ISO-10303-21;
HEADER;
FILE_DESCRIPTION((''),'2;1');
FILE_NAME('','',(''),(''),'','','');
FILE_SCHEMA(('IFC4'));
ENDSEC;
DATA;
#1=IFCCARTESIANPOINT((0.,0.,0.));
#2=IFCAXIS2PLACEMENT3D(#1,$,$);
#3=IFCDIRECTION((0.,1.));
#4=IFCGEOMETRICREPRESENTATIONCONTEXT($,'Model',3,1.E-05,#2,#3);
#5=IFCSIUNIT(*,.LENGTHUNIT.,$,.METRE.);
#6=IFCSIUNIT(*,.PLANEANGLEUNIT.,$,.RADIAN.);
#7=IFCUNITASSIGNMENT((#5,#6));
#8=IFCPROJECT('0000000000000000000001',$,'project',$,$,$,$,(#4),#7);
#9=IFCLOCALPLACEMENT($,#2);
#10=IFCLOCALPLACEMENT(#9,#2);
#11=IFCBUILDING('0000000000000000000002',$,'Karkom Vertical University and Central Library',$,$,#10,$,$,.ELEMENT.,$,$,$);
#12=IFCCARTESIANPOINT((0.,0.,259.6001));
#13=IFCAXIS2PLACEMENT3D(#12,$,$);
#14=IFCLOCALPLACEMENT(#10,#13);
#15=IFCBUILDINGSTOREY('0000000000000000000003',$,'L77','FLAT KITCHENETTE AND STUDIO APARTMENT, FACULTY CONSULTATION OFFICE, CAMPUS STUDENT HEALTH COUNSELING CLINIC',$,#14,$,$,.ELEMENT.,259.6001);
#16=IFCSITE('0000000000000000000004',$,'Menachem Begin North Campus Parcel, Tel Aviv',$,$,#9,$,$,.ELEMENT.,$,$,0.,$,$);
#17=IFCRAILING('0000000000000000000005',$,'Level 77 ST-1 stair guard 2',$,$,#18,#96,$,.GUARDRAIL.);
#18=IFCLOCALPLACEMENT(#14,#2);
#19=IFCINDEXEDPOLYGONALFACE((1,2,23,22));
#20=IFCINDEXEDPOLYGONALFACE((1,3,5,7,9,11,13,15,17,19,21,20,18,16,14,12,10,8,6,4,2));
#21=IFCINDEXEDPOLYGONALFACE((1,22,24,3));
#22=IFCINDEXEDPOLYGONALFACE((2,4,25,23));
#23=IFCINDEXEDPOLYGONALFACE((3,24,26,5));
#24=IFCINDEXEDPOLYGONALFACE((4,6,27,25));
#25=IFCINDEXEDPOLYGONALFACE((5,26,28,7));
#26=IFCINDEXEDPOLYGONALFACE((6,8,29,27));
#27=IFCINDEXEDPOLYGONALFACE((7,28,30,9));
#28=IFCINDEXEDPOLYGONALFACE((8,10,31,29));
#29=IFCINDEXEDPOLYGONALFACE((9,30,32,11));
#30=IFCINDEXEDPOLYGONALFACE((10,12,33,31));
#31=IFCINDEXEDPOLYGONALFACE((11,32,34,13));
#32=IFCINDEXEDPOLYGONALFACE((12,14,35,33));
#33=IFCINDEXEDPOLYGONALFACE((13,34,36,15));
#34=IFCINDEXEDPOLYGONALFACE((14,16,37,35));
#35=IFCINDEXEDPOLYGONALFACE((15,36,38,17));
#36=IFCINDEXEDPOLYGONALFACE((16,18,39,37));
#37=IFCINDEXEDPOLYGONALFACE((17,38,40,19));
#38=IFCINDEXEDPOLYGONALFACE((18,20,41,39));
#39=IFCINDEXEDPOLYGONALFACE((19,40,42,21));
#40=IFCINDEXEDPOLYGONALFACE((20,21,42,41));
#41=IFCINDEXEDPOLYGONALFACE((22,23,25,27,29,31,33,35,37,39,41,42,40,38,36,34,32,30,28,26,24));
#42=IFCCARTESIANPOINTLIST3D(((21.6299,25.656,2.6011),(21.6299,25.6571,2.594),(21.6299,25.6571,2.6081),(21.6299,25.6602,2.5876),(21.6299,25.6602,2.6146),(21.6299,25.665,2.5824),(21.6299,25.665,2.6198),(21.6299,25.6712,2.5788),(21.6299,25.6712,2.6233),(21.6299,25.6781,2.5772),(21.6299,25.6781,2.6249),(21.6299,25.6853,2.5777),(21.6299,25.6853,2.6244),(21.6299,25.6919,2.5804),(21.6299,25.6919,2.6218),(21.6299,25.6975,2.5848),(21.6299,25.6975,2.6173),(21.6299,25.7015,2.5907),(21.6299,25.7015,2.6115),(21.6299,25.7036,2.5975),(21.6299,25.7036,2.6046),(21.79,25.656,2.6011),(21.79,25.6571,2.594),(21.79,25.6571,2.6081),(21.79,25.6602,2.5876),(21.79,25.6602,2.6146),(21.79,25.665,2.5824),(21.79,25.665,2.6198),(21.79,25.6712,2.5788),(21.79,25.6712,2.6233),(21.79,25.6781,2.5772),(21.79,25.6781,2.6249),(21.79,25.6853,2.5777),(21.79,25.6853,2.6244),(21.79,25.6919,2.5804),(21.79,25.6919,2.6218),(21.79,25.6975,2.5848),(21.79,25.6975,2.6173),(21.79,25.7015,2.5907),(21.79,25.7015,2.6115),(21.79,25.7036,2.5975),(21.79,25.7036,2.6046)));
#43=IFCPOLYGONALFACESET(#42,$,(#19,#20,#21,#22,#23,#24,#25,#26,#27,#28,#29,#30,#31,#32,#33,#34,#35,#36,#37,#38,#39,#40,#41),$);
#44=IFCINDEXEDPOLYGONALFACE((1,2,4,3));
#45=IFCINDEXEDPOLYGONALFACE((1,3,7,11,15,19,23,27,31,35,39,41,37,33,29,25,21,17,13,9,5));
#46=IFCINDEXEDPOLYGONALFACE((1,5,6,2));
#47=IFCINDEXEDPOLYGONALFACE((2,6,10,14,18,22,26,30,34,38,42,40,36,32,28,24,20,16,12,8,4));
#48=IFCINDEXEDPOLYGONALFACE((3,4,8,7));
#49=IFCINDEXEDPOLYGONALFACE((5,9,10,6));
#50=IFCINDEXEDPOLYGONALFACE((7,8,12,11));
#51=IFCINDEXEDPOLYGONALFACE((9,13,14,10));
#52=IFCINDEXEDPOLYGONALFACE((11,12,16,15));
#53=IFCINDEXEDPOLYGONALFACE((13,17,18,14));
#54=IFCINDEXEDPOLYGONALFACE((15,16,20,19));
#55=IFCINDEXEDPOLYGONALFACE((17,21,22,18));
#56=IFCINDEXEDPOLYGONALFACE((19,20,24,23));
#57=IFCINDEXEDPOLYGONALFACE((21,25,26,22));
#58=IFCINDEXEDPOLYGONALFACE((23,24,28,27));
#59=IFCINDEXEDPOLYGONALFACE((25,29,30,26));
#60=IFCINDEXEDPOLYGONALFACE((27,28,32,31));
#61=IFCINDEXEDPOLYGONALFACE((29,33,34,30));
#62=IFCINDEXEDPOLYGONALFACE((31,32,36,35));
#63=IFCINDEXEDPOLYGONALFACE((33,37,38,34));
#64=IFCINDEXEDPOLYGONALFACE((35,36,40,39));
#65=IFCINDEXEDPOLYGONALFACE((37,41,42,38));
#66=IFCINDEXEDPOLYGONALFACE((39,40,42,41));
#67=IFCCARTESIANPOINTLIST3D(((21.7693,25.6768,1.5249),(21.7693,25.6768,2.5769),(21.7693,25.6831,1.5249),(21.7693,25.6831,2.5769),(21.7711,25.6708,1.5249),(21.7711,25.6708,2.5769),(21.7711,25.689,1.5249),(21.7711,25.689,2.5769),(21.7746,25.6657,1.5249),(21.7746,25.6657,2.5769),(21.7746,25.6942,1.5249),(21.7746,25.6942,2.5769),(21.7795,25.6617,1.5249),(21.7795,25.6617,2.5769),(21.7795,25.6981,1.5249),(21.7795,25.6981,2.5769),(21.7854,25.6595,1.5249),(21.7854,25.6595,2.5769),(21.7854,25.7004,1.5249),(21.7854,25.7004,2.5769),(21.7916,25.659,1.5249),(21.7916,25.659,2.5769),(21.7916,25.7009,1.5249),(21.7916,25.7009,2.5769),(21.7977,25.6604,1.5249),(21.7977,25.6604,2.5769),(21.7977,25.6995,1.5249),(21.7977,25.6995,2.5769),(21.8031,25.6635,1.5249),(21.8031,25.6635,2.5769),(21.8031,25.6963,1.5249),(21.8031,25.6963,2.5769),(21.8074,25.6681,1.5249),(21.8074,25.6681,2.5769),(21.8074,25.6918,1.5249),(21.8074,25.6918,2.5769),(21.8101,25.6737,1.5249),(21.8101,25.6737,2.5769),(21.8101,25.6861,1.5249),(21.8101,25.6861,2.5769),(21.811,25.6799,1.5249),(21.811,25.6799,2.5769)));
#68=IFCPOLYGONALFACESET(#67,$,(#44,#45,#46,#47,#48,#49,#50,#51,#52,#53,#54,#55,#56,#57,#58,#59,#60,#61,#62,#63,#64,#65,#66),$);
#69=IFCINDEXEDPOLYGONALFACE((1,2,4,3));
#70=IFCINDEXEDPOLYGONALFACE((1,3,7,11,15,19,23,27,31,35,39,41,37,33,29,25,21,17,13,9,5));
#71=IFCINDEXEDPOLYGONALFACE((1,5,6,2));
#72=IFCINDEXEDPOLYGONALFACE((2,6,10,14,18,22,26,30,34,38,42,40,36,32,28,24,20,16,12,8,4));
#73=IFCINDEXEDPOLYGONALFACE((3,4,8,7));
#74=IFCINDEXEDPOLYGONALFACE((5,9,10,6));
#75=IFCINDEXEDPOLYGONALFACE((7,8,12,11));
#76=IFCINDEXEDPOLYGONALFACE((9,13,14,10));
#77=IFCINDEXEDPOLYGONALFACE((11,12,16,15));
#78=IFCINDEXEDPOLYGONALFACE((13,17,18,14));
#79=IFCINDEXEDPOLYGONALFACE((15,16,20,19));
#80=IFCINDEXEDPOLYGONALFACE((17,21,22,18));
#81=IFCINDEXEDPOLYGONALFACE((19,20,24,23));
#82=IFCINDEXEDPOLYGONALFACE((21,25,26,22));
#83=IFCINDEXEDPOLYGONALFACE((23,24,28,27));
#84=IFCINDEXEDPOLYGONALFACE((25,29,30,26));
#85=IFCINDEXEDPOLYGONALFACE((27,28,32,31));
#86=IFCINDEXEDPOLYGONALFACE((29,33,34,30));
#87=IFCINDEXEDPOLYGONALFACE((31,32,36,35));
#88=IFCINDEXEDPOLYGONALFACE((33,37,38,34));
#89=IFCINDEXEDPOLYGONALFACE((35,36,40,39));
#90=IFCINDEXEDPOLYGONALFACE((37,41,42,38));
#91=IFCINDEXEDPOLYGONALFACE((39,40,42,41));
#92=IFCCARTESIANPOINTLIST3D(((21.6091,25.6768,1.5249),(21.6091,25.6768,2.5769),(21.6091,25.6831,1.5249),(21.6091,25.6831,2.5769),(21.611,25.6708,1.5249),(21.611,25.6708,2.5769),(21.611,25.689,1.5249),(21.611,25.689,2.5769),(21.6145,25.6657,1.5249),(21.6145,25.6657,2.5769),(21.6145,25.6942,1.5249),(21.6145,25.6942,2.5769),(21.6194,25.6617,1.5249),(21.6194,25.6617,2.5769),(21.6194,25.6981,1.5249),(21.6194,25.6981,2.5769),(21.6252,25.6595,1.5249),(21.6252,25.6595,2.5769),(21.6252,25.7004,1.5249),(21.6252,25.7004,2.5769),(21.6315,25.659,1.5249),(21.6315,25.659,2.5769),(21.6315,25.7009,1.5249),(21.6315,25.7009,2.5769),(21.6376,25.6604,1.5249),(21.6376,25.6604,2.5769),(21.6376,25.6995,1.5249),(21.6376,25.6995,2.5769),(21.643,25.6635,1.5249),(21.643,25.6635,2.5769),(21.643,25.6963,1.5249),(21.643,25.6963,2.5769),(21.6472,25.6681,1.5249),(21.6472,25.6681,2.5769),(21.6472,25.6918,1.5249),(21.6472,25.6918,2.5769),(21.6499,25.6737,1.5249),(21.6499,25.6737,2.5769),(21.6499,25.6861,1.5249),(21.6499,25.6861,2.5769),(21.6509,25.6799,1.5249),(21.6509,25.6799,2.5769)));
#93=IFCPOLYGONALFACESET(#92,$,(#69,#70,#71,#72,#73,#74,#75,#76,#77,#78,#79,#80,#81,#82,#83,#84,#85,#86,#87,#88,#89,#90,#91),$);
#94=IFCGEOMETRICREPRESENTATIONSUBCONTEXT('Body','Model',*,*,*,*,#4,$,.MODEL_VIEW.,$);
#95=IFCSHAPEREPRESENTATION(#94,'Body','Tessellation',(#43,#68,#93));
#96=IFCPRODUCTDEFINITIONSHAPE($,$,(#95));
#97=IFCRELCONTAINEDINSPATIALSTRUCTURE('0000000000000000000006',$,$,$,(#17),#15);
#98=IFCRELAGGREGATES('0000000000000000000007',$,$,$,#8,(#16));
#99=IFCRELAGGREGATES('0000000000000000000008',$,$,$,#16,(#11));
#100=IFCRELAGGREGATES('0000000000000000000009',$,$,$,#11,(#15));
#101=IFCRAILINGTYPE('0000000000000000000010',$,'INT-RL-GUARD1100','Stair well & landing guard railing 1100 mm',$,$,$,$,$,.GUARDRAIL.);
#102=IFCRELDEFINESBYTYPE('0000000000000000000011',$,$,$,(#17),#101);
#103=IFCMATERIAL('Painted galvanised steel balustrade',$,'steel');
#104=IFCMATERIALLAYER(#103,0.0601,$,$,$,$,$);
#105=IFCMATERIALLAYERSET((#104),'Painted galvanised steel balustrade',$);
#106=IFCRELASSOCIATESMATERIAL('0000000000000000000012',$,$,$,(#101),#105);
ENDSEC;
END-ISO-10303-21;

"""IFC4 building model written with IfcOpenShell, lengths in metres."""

from ifc_helpers import new_model, si_unit, direction, frame, origin, origin_2d, place, context, subcontext, project, spatial, circle, extrude, material, layer, layer_set, type_object, element, save


model = new_model("IFC4")

# Units and contexts
model_context = context("Model", 3, precision=1e-05, world=origin(), true_north=direction((0.0, 1.0)))
body_context = subcontext(model_context, "Body", "Model", "MODEL_VIEW")
ifc_project = project(units=[si_unit("LENGTHUNIT", "METRE"), si_unit("PLANEANGLEUNIT", "RADIAN")], contexts=[model_context])

# Site, building, storey
site_placement = place(None, origin())
site = spatial("IfcSite", under=ifc_project, at=site_placement, Name="Menachem Begin North Campus Parcel, Tel Aviv", CompositionType="ELEMENT", RefElevation=0.0)
building_placement = place(site_placement, origin())
building = spatial("IfcBuilding", under=site, at=building_placement, Name="Karkom Vertical University and Central Library", CompositionType="ELEMENT")
storey_placement = place(building_placement, frame((0.0, 0.0, 259.6001)))
storey = spatial("IfcBuildingStorey", under=building, at=storey_placement, Name="L77", Description="FLAT KITCHENETTE AND STUDIO APARTMENT, FACULTY CONSULTATION OFFICE, CAMPUS STUDENT HEALTH COUNSELING CLINIC", CompositionType="ELEMENT", Elevation=259.6001)

# Railing
ifc_material_1 = material(Name="Painted galvanised steel balustrade", Category="steel")
ifc_layer_1 = layer(ifc_material_1, 0.0601)
ifc_layer_set_1 = layer_set([ifc_layer_1], Name="Painted galvanised steel balustrade")
railing_type = type_object("IfcRailingType", Name="INT-RL-GUARD1100", Description="Stair well & landing guard railing 1100 mm", PredefinedType="GUARDRAIL", material=ifc_layer_set_1)
railing_1_placement = place(storey_placement, frame((21.79, 25.6799, 1.5249)))
element("IfcRailing", 1, at=railing_1_placement, inside=storey, type_object=railing_type, Name="Level 77 ST-1 stair guard 2", PredefinedType="GUARDRAIL", context=body_context, shape_type="SweptSolid", body=[
    extrude(circle(Radius=0.0239, at=origin_2d()), frame((0.0, 0.0, 1.0762), z_axis=(-1.0, 0.0, 0.0), x_axis=(0.0, -1.0, 0.0)), (0.0, 0.0, 1.0), 0.1602),
    extrude(circle(Radius=0.021, at=origin_2d()), origin(), (0.0, 0.0, 1.0), 1.052),
    extrude(circle(Radius=0.021, at=origin_2d()), frame((-0.1602, 0.0, 0.0)), (0.0, 0.0, 1.0), 1.052),
])

save(model, "model.ifc")
